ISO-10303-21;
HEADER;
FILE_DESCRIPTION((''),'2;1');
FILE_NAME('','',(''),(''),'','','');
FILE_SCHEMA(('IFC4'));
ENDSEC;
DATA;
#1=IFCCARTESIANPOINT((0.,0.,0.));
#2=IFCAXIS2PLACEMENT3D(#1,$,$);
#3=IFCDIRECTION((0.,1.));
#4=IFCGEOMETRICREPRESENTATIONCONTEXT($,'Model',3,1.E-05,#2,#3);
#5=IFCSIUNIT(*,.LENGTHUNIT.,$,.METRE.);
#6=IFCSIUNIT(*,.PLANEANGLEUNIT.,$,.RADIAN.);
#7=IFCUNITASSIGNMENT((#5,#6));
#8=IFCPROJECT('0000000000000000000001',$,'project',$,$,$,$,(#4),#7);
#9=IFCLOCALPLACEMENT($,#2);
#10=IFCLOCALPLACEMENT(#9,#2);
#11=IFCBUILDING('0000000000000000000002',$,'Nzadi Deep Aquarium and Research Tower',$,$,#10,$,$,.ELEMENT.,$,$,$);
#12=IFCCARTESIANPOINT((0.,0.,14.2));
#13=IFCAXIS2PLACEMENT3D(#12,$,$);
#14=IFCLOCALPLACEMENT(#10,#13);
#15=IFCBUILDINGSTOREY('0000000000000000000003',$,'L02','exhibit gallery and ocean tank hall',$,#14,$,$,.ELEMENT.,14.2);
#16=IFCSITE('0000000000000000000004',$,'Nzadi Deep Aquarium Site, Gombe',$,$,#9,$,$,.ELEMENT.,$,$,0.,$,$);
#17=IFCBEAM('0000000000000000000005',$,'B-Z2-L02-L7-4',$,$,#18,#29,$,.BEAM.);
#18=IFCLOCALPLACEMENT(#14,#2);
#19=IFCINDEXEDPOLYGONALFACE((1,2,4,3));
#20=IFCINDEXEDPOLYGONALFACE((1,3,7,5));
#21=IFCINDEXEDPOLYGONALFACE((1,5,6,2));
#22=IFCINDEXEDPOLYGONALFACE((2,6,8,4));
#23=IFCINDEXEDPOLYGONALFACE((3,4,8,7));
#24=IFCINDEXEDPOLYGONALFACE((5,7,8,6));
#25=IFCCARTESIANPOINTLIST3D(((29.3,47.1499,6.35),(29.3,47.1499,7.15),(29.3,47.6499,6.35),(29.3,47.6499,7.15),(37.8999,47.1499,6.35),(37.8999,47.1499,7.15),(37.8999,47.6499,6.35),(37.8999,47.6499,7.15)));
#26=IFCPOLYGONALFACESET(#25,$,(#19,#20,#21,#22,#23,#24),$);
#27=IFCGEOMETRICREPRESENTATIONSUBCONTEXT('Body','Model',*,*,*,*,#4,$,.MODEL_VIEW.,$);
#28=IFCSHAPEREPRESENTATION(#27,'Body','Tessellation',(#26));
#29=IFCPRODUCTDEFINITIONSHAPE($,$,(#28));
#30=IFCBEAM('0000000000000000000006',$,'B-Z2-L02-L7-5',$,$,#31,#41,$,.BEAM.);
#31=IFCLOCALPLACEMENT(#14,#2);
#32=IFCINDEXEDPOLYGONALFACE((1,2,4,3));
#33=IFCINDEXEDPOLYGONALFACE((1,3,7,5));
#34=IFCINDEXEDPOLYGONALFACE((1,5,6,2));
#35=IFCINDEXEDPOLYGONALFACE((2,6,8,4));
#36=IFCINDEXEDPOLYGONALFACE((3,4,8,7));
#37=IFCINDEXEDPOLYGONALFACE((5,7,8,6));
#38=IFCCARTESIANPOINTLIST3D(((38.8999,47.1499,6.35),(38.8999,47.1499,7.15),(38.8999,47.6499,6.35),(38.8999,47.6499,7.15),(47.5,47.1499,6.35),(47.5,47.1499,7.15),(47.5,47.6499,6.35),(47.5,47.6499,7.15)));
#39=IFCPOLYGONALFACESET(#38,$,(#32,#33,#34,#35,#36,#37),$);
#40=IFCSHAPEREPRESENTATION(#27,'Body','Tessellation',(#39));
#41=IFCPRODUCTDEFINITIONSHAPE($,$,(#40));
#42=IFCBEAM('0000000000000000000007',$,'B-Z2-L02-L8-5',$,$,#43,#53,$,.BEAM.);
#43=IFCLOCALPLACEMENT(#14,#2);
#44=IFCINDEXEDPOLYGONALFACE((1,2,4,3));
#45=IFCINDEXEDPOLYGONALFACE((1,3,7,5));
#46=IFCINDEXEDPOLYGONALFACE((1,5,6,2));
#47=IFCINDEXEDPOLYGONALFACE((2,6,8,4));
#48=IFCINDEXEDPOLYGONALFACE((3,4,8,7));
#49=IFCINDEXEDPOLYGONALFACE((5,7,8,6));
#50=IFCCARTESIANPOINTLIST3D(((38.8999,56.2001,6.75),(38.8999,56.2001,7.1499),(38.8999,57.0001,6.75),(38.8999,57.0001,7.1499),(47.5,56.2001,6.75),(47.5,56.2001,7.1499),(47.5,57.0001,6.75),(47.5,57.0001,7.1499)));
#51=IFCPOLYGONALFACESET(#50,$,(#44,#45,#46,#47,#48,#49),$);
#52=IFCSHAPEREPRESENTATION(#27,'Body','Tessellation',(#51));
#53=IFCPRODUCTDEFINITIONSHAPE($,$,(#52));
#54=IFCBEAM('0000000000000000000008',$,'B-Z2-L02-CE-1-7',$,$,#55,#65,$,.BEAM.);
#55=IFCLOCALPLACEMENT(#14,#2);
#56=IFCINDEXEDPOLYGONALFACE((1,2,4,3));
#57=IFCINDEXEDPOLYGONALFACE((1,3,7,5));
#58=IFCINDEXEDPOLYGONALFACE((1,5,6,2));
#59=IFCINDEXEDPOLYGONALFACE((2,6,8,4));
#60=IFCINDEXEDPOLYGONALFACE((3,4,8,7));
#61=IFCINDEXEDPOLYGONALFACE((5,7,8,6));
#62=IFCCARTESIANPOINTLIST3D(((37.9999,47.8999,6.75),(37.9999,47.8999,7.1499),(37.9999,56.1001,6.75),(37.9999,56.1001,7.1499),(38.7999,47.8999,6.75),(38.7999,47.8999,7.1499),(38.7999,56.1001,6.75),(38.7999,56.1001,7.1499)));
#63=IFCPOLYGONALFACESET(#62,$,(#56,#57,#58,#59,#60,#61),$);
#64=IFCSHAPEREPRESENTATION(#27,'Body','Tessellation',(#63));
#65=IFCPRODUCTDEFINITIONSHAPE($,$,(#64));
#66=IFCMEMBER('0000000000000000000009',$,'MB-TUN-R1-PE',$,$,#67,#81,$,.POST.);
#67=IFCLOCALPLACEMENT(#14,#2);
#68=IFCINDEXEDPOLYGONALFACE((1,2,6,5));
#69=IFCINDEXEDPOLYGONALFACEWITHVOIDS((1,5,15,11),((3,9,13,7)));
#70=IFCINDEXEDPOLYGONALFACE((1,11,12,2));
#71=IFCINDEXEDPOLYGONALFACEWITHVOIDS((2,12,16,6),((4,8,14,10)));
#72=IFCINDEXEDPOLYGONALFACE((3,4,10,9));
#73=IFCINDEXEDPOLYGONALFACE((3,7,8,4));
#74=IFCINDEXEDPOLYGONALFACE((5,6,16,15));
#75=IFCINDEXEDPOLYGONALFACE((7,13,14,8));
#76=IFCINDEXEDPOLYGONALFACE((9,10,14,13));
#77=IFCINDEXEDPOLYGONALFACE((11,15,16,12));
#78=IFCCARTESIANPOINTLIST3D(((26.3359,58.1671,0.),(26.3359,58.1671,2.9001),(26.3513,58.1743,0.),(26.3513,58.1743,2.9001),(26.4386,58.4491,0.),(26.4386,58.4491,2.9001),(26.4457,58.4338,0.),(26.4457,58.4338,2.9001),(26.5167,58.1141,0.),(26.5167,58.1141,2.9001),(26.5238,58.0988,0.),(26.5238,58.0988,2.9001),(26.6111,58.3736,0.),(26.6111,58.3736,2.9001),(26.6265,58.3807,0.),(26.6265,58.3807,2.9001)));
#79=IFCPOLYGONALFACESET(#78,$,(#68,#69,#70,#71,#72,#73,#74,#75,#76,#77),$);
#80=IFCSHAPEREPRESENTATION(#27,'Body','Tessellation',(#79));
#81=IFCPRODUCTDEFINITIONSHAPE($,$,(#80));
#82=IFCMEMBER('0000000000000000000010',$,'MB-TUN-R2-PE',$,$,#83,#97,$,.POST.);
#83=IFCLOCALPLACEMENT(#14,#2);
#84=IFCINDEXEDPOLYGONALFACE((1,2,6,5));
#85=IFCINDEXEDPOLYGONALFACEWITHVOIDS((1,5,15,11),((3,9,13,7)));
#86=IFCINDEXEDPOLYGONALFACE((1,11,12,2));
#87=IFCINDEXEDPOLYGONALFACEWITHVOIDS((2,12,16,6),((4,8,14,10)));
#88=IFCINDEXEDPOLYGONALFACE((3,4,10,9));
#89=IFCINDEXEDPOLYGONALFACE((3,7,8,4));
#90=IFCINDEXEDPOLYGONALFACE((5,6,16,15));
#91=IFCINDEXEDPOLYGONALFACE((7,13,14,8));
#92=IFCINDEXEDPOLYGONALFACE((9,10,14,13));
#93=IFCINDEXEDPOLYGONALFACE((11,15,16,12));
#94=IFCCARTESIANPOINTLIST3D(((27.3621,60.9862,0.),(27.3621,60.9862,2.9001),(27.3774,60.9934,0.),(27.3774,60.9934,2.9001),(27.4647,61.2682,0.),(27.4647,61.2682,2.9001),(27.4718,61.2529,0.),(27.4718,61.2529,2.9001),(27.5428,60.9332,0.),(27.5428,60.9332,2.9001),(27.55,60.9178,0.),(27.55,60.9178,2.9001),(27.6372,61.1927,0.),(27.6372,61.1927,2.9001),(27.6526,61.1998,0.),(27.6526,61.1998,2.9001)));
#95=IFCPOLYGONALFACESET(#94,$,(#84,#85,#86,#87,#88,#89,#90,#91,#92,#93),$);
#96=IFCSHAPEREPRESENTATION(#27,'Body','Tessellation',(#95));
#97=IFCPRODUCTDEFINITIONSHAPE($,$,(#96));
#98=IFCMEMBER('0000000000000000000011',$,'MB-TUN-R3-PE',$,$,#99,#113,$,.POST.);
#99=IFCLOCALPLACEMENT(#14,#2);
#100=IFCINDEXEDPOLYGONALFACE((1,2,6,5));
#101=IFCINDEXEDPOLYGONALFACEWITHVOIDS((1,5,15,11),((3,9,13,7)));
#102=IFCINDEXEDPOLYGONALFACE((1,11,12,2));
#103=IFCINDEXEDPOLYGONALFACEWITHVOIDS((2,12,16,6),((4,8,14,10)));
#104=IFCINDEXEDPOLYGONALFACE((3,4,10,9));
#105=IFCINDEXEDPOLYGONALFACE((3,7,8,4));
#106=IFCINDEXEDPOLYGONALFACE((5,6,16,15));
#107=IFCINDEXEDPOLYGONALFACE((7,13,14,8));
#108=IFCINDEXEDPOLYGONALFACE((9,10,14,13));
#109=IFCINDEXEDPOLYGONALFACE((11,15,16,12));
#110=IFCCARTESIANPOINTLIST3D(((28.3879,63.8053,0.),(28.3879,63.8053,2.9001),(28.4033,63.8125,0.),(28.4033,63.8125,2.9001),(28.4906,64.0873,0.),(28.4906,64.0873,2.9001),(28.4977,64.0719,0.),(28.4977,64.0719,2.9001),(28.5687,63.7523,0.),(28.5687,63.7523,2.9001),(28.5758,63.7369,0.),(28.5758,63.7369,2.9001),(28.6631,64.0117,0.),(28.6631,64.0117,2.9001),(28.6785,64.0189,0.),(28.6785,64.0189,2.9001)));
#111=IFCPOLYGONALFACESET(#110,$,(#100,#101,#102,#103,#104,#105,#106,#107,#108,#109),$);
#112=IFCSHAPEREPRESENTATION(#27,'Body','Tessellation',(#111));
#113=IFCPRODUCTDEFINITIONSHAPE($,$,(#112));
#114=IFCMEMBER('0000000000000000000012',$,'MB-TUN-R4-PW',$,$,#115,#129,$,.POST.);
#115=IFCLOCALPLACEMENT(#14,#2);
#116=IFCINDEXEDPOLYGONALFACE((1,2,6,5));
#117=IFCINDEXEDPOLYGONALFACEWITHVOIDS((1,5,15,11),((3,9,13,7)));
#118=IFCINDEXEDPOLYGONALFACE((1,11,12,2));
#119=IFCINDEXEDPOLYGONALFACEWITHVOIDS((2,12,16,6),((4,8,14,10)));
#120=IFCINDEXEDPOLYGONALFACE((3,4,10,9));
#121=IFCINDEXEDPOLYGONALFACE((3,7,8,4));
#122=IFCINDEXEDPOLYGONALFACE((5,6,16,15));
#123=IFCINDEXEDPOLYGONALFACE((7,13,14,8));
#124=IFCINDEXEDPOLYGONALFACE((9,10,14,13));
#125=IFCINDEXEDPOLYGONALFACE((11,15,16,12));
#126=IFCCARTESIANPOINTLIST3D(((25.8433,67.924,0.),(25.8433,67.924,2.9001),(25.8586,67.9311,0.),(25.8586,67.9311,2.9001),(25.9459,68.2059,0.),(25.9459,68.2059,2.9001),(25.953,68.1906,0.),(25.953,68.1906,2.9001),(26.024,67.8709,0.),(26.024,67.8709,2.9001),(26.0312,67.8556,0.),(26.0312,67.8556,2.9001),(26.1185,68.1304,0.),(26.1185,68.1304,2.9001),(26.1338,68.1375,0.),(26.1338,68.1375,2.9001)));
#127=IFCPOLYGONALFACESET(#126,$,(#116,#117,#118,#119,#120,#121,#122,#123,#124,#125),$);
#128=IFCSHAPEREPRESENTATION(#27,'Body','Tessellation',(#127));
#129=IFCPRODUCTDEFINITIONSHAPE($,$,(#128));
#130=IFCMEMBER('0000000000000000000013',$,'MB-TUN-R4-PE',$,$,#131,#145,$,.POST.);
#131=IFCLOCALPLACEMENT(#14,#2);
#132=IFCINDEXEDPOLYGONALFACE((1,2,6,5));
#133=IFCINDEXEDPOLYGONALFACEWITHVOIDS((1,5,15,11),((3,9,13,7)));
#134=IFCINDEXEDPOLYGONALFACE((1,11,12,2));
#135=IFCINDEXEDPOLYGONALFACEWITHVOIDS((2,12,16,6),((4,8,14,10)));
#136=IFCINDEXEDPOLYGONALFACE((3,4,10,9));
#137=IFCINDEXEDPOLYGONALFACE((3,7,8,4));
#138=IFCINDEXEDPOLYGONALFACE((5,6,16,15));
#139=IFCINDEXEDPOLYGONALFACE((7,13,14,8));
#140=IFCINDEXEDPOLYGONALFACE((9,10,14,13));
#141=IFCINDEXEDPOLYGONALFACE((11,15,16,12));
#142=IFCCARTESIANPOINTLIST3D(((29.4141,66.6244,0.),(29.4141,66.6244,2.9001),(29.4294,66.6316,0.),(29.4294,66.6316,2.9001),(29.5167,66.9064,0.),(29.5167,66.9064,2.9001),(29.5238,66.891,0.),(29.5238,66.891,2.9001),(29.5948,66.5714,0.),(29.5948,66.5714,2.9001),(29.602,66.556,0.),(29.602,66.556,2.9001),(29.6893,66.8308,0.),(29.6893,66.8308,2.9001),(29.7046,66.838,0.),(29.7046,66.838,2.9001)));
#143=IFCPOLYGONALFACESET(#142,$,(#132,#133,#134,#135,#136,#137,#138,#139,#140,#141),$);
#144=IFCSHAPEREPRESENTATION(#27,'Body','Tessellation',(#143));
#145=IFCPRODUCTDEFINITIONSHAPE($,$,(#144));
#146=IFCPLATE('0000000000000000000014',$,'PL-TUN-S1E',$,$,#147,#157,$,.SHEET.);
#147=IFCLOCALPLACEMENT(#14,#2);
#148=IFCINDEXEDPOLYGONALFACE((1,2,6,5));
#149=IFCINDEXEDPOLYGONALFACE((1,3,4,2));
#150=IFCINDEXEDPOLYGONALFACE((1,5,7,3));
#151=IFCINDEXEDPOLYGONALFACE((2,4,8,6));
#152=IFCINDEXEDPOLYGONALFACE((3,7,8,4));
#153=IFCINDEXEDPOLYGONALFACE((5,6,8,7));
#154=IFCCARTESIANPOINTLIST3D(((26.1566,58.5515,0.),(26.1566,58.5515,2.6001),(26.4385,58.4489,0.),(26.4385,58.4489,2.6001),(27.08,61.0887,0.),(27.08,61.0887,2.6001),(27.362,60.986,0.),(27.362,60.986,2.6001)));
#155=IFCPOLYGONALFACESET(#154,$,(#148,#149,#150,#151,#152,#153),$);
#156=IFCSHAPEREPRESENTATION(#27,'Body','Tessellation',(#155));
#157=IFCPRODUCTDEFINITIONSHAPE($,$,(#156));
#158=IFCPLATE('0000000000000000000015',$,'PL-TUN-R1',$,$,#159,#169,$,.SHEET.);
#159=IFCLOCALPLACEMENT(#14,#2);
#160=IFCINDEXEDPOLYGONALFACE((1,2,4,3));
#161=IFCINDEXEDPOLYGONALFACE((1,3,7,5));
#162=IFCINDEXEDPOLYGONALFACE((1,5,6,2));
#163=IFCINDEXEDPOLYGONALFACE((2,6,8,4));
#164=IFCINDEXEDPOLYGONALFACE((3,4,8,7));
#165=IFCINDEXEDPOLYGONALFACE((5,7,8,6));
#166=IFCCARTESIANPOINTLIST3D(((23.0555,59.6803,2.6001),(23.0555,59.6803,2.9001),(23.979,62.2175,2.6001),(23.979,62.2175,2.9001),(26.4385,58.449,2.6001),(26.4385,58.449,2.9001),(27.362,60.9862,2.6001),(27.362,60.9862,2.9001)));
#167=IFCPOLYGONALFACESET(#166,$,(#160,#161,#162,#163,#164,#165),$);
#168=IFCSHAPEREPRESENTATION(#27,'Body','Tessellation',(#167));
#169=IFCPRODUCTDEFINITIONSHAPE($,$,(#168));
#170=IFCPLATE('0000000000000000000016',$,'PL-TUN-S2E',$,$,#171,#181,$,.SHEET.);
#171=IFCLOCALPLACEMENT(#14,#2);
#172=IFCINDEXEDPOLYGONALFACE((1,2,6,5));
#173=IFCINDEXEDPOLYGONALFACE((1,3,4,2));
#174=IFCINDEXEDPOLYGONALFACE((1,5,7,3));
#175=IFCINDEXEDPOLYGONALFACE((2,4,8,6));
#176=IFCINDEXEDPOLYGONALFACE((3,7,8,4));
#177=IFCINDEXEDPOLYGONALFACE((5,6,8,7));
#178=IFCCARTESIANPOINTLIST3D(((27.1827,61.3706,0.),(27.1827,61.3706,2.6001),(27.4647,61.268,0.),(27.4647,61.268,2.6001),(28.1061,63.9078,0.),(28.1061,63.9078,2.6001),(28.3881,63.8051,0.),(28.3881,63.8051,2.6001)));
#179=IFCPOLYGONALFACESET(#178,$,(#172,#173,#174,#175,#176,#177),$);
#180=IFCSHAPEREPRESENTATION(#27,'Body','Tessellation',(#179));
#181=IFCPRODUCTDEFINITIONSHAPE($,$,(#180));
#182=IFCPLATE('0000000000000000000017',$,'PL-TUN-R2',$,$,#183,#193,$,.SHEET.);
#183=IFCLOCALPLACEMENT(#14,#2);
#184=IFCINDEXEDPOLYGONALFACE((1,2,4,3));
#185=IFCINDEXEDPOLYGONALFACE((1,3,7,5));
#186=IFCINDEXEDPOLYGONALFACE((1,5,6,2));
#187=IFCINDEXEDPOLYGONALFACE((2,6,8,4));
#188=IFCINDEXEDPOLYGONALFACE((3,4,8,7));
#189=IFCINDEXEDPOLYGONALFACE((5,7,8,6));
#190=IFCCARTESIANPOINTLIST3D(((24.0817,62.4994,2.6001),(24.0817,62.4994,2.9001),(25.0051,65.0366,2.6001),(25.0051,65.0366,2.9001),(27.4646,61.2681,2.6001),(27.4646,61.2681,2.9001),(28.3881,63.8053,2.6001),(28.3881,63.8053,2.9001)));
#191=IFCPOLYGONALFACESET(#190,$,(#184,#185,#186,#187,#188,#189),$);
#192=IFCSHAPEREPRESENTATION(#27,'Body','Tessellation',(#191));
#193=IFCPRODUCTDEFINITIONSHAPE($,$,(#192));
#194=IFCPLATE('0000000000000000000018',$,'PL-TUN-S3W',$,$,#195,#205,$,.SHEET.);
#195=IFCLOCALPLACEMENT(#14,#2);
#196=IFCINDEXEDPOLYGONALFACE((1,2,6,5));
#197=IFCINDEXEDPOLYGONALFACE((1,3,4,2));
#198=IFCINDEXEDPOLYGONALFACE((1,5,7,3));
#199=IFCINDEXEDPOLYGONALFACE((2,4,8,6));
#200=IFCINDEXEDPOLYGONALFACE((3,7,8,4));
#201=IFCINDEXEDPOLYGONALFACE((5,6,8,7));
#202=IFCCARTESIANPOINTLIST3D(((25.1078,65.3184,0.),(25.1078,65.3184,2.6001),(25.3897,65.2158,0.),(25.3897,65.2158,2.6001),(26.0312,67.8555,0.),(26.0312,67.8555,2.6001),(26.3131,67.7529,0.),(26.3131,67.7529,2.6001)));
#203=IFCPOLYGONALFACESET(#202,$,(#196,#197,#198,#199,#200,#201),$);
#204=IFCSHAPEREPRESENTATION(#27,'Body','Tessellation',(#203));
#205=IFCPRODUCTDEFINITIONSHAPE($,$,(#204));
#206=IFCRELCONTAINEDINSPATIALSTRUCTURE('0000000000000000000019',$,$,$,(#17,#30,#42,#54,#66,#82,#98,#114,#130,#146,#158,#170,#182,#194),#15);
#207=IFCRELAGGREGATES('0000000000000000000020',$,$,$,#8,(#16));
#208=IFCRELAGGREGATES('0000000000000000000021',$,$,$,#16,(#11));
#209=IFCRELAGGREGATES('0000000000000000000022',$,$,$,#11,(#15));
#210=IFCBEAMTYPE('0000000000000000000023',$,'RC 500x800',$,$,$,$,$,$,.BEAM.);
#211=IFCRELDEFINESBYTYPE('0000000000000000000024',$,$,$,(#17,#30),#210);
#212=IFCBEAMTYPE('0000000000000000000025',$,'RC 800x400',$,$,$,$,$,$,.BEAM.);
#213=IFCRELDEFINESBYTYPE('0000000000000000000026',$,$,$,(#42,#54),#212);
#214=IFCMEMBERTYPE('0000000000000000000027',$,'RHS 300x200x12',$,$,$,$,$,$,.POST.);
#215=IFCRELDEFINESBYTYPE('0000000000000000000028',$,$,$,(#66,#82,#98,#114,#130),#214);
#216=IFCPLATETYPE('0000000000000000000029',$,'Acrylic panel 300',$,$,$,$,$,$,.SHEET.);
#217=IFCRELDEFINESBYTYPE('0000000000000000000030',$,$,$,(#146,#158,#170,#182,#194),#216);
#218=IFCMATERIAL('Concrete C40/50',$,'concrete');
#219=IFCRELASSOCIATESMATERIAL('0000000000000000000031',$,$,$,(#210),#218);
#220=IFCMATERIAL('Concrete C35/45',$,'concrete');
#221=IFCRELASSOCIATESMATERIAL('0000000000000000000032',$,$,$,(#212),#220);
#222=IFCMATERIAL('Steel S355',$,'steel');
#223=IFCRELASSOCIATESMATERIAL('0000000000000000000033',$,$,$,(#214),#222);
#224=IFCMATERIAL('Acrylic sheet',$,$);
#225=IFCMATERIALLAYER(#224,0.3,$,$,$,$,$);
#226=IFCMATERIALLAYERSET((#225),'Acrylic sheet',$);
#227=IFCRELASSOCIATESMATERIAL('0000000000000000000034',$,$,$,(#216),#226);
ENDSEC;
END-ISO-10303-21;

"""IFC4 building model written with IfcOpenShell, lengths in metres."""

from ifc_helpers import new_model, si_unit, direction, frame, origin, origin_2d, place, context, subcontext, project, spatial, rectangle, hollow_rectangle, extrude, material, layer, layer_set, material_profile, profile_set, type_object, element, save


model = new_model("IFC4")

# Units and contexts
model_context = context("Model", 3, precision=1e-05, world=origin(), true_north=direction((0.0, 1.0)))
body_context = subcontext(model_context, "Body", "Model", "MODEL_VIEW")
ifc_project = project(units=[si_unit("LENGTHUNIT", "METRE"), si_unit("PLANEANGLEUNIT", "RADIAN")], contexts=[model_context])

# Site, building, storey
site_placement = place(None, origin())
site = spatial("IfcSite", under=ifc_project, at=site_placement, Name="Nzadi Deep Aquarium Site, Gombe", CompositionType="ELEMENT", RefElevation=0.0)
building_placement = place(site_placement, origin())
building = spatial("IfcBuilding", under=site, at=building_placement, Name="Nzadi Deep Aquarium and Research Tower", CompositionType="ELEMENT")
storey_placement = place(building_placement, frame((0.0, 0.0, 14.2)))
storey = spatial("IfcBuildingStorey", under=building, at=storey_placement, Name="L02", Description="exhibit gallery and ocean tank hall", CompositionType="ELEMENT", Elevation=14.2)

# Beams
ifc_material_1 = material(Name="Concrete C40/50", Category="concrete")
ifc_material_profile_1 = material_profile(ifc_material_1, rectangle(XDim=0.5, YDim=0.8, at=origin_2d()))
ifc_profile_set_1 = profile_set([ifc_material_profile_1], Name="Concrete C40/50")
beam_type_1 = type_object("IfcBeamType", Name="RC 500x800", PredefinedType="BEAM", material=ifc_profile_set_1)
beam_1_placement = place(storey_placement, frame((29.3, 47.3999, 6.75), z_axis=(1.0, 0.0, 0.0), x_axis=(0.0, 1.0, 0.0)))
element("IfcBeam", 1, at=beam_1_placement, inside=storey, type_object=beam_type_1, Name="B-Z2-L02-L7-4", PredefinedType="BEAM", context=body_context, shape_type="SweptSolid", body=[
    extrude(rectangle(XDim=0.5, YDim=0.8, at=origin_2d()), origin(), (0.0, 0.0, 1.0), 8.5999),
])
beam_2_placement = place(storey_placement, frame((38.8999, 47.3999, 6.75), z_axis=(1.0, 0.0, 0.0), x_axis=(0.0, 1.0, 0.0)))
element("IfcBeam", 2, at=beam_2_placement, inside=storey, type_object=beam_type_1, Name="B-Z2-L02-L7-5", PredefinedType="BEAM", context=body_context, shape_type="SweptSolid", body=[
    extrude(rectangle(XDim=0.5, YDim=0.8, at=origin_2d()), origin(), (0.0, 0.0, 1.0), 8.6001),
])
ifc_material_2 = material(Name="Concrete C35/45", Category="concrete")
ifc_material_profile_2 = material_profile(ifc_material_2, rectangle(XDim=0.8, YDim=0.3999, at=origin_2d()))
ifc_profile_set_2 = profile_set([ifc_material_profile_2], Name="Concrete C35/45")
beam_type_2 = type_object("IfcBeamType", Name="RC 800x400", PredefinedType="BEAM", material=ifc_profile_set_2)
beam_3_placement = place(storey_placement, frame((38.8999, 56.6001, 6.95), z_axis=(1.0, 0.0, 0.0), x_axis=(0.0, 1.0, 0.0)))
element("IfcBeam", 3, at=beam_3_placement, inside=storey, type_object=beam_type_2, Name="B-Z2-L02-L8-5", PredefinedType="BEAM", context=body_context, shape_type="SweptSolid", body=[
    extrude(rectangle(XDim=0.8, YDim=0.3999, at=origin_2d()), origin(), (0.0, 0.0, 1.0), 8.6001),
])
beam_4_placement = place(storey_placement, frame((38.3999, 47.8999, 6.95), z_axis=(0.0, 1.0, 0.0), x_axis=(-1.0, 0.0, 0.0)))
element("IfcBeam", 4, at=beam_4_placement, inside=storey, type_object=beam_type_2, Name="B-Z2-L02-CE-1-7", PredefinedType="BEAM", context=body_context, shape_type="SweptSolid", body=[
    extrude(rectangle(XDim=0.8, YDim=0.3999, at=origin_2d()), origin(), (0.0, 0.0, 1.0), 8.2002),
])

# Members
ifc_material_3 = material(Name="Steel S355", Category="steel")
ifc_material_profile_3 = material_profile(ifc_material_3, hollow_rectangle(XDim=0.2, YDim=0.3, WallThickness=0.012, at=origin_2d()))
ifc_profile_set_3 = profile_set([ifc_material_profile_3], Name="Steel S355")
member_type_1 = type_object("IfcMemberType", Name="RHS 300x200x12", PredefinedType="POST", material=ifc_profile_set_3)
for number, where, z_axis, x_axis, name in (
    (5, (26.4812, 58.2739, 0.0), (0.0, 0.0, 1.0), (0.939693, -0.34202, 0.0), "MB-TUN-R1-PE"),
    (6, (27.5073, 61.093, 0.0), (0.0, 0.0, 1.0), (0.939693, -0.34202, 0.0), "MB-TUN-R2-PE"),
    (7, (28.5332, 63.9121, 0.0), (0.0, 0.0, 1.0), (0.939693, -0.34202, 0.0), "MB-TUN-R3-PE"),
    (8, (25.9885, 68.0308, 0.0), (0.0, 0.0, 1.0), (0.939693, -0.34202, 0.0), "MB-TUN-R4-PW"),
    (9, (29.5593, 66.7312, 0.0), (0.0, 0.0, 1.0), (0.939693, -0.34202, 0.0), "MB-TUN-R4-PE"),
):
    element("IfcMember", number, at=place(storey_placement, frame(where, z_axis=z_axis, x_axis=x_axis)), inside=storey, type_object=member_type_1, Name=name, PredefinedType="POST", context=body_context, shape_type="SweptSolid", body=[
        extrude(hollow_rectangle(XDim=0.2, YDim=0.3, WallThickness=0.012, at=origin_2d()), origin(), (0.0, 0.0, 1.0), 2.9001),
    ])

# Plates
ifc_material_4 = material(Name="Acrylic sheet")
ifc_layer_1 = layer(ifc_material_4, 0.3)
ifc_layer_set_1 = layer_set([ifc_layer_1], Name="Acrylic sheet")
plate_type = type_object("IfcPlateType", Name="Acrylic panel 300", PredefinedType="SHEET", material=ifc_layer_set_1)
plate_1_placement = place(storey_placement, frame((26.7593, 59.7688, 0.0), z_axis=(0.0, 0.0, 1.0), x_axis=(0.939693, -0.34202, 0.0)))
element("IfcPlate", 10, at=plate_1_placement, inside=storey, type_object=plate_type, Name="PL-TUN-S1E", PredefinedType="SHEET", context=body_context, shape_type="SweptSolid", body=[
    extrude(rectangle(XDim=0.3, YDim=2.7, at=origin_2d()), origin(), (0.0, 0.0, 1.0), 2.6001),
])
plate_2_placement = place(storey_placement, frame((25.2087, 60.3333, 2.6001), z_axis=(0.0, 0.0, 1.0), x_axis=(0.939693, -0.34202, 0.0)))
element("IfcPlate", 11, at=plate_2_placement, inside=storey, type_object=plate_type, Name="PL-TUN-R1", PredefinedType="SHEET", context=body_context, shape_type="SweptSolid", body=[
    extrude(rectangle(XDim=3.6001, YDim=2.7, at=origin_2d()), origin(), (0.0, 0.0, 1.0), 0.3),
])
plate_3_placement = place(storey_placement, frame((27.7854, 62.5879, 0.0), z_axis=(0.0, 0.0, 1.0), x_axis=(0.939693, -0.34202, 0.0)))
element("IfcPlate", 12, at=plate_3_placement, inside=storey, type_object=plate_type, Name="PL-TUN-S2E", PredefinedType="SHEET", context=body_context, shape_type="SweptSolid", body=[
    extrude(rectangle(XDim=0.3, YDim=2.7, at=origin_2d()), origin(), (0.0, 0.0, 1.0), 2.6001),
])
plate_4_placement = place(storey_placement, frame((26.2349, 63.1523, 2.6001), z_axis=(0.0, 0.0, 1.0), x_axis=(0.939693, -0.34202, 0.0)))
element("IfcPlate", 13, at=plate_4_placement, inside=storey, type_object=plate_type, Name="PL-TUN-R2", PredefinedType="SHEET", context=body_context, shape_type="SweptSolid", body=[
    extrude(rectangle(XDim=3.6001, YDim=2.7, at=origin_2d()), origin(), (0.0, 0.0, 1.0), 0.3),
])
for number, where, z_axis, x_axis, name in (
    (14, (25.7104, 66.5356, 0.0), (0.0, 0.0, 1.0), (0.939693, -0.34202, 0.0), "PL-TUN-S3W"),
):
    element("IfcPlate", number, at=place(storey_placement, frame(where, z_axis=z_axis, x_axis=x_axis)), inside=storey, type_object=plate_type, Name=name, PredefinedType="SHEET", context=body_context, shape_type="SweptSolid", body=[
        extrude(rectangle(XDim=0.3, YDim=2.7, at=origin_2d()), origin(), (0.0, 0.0, 1.0), 2.6001),
    ])

save(model, "model.ifc")
